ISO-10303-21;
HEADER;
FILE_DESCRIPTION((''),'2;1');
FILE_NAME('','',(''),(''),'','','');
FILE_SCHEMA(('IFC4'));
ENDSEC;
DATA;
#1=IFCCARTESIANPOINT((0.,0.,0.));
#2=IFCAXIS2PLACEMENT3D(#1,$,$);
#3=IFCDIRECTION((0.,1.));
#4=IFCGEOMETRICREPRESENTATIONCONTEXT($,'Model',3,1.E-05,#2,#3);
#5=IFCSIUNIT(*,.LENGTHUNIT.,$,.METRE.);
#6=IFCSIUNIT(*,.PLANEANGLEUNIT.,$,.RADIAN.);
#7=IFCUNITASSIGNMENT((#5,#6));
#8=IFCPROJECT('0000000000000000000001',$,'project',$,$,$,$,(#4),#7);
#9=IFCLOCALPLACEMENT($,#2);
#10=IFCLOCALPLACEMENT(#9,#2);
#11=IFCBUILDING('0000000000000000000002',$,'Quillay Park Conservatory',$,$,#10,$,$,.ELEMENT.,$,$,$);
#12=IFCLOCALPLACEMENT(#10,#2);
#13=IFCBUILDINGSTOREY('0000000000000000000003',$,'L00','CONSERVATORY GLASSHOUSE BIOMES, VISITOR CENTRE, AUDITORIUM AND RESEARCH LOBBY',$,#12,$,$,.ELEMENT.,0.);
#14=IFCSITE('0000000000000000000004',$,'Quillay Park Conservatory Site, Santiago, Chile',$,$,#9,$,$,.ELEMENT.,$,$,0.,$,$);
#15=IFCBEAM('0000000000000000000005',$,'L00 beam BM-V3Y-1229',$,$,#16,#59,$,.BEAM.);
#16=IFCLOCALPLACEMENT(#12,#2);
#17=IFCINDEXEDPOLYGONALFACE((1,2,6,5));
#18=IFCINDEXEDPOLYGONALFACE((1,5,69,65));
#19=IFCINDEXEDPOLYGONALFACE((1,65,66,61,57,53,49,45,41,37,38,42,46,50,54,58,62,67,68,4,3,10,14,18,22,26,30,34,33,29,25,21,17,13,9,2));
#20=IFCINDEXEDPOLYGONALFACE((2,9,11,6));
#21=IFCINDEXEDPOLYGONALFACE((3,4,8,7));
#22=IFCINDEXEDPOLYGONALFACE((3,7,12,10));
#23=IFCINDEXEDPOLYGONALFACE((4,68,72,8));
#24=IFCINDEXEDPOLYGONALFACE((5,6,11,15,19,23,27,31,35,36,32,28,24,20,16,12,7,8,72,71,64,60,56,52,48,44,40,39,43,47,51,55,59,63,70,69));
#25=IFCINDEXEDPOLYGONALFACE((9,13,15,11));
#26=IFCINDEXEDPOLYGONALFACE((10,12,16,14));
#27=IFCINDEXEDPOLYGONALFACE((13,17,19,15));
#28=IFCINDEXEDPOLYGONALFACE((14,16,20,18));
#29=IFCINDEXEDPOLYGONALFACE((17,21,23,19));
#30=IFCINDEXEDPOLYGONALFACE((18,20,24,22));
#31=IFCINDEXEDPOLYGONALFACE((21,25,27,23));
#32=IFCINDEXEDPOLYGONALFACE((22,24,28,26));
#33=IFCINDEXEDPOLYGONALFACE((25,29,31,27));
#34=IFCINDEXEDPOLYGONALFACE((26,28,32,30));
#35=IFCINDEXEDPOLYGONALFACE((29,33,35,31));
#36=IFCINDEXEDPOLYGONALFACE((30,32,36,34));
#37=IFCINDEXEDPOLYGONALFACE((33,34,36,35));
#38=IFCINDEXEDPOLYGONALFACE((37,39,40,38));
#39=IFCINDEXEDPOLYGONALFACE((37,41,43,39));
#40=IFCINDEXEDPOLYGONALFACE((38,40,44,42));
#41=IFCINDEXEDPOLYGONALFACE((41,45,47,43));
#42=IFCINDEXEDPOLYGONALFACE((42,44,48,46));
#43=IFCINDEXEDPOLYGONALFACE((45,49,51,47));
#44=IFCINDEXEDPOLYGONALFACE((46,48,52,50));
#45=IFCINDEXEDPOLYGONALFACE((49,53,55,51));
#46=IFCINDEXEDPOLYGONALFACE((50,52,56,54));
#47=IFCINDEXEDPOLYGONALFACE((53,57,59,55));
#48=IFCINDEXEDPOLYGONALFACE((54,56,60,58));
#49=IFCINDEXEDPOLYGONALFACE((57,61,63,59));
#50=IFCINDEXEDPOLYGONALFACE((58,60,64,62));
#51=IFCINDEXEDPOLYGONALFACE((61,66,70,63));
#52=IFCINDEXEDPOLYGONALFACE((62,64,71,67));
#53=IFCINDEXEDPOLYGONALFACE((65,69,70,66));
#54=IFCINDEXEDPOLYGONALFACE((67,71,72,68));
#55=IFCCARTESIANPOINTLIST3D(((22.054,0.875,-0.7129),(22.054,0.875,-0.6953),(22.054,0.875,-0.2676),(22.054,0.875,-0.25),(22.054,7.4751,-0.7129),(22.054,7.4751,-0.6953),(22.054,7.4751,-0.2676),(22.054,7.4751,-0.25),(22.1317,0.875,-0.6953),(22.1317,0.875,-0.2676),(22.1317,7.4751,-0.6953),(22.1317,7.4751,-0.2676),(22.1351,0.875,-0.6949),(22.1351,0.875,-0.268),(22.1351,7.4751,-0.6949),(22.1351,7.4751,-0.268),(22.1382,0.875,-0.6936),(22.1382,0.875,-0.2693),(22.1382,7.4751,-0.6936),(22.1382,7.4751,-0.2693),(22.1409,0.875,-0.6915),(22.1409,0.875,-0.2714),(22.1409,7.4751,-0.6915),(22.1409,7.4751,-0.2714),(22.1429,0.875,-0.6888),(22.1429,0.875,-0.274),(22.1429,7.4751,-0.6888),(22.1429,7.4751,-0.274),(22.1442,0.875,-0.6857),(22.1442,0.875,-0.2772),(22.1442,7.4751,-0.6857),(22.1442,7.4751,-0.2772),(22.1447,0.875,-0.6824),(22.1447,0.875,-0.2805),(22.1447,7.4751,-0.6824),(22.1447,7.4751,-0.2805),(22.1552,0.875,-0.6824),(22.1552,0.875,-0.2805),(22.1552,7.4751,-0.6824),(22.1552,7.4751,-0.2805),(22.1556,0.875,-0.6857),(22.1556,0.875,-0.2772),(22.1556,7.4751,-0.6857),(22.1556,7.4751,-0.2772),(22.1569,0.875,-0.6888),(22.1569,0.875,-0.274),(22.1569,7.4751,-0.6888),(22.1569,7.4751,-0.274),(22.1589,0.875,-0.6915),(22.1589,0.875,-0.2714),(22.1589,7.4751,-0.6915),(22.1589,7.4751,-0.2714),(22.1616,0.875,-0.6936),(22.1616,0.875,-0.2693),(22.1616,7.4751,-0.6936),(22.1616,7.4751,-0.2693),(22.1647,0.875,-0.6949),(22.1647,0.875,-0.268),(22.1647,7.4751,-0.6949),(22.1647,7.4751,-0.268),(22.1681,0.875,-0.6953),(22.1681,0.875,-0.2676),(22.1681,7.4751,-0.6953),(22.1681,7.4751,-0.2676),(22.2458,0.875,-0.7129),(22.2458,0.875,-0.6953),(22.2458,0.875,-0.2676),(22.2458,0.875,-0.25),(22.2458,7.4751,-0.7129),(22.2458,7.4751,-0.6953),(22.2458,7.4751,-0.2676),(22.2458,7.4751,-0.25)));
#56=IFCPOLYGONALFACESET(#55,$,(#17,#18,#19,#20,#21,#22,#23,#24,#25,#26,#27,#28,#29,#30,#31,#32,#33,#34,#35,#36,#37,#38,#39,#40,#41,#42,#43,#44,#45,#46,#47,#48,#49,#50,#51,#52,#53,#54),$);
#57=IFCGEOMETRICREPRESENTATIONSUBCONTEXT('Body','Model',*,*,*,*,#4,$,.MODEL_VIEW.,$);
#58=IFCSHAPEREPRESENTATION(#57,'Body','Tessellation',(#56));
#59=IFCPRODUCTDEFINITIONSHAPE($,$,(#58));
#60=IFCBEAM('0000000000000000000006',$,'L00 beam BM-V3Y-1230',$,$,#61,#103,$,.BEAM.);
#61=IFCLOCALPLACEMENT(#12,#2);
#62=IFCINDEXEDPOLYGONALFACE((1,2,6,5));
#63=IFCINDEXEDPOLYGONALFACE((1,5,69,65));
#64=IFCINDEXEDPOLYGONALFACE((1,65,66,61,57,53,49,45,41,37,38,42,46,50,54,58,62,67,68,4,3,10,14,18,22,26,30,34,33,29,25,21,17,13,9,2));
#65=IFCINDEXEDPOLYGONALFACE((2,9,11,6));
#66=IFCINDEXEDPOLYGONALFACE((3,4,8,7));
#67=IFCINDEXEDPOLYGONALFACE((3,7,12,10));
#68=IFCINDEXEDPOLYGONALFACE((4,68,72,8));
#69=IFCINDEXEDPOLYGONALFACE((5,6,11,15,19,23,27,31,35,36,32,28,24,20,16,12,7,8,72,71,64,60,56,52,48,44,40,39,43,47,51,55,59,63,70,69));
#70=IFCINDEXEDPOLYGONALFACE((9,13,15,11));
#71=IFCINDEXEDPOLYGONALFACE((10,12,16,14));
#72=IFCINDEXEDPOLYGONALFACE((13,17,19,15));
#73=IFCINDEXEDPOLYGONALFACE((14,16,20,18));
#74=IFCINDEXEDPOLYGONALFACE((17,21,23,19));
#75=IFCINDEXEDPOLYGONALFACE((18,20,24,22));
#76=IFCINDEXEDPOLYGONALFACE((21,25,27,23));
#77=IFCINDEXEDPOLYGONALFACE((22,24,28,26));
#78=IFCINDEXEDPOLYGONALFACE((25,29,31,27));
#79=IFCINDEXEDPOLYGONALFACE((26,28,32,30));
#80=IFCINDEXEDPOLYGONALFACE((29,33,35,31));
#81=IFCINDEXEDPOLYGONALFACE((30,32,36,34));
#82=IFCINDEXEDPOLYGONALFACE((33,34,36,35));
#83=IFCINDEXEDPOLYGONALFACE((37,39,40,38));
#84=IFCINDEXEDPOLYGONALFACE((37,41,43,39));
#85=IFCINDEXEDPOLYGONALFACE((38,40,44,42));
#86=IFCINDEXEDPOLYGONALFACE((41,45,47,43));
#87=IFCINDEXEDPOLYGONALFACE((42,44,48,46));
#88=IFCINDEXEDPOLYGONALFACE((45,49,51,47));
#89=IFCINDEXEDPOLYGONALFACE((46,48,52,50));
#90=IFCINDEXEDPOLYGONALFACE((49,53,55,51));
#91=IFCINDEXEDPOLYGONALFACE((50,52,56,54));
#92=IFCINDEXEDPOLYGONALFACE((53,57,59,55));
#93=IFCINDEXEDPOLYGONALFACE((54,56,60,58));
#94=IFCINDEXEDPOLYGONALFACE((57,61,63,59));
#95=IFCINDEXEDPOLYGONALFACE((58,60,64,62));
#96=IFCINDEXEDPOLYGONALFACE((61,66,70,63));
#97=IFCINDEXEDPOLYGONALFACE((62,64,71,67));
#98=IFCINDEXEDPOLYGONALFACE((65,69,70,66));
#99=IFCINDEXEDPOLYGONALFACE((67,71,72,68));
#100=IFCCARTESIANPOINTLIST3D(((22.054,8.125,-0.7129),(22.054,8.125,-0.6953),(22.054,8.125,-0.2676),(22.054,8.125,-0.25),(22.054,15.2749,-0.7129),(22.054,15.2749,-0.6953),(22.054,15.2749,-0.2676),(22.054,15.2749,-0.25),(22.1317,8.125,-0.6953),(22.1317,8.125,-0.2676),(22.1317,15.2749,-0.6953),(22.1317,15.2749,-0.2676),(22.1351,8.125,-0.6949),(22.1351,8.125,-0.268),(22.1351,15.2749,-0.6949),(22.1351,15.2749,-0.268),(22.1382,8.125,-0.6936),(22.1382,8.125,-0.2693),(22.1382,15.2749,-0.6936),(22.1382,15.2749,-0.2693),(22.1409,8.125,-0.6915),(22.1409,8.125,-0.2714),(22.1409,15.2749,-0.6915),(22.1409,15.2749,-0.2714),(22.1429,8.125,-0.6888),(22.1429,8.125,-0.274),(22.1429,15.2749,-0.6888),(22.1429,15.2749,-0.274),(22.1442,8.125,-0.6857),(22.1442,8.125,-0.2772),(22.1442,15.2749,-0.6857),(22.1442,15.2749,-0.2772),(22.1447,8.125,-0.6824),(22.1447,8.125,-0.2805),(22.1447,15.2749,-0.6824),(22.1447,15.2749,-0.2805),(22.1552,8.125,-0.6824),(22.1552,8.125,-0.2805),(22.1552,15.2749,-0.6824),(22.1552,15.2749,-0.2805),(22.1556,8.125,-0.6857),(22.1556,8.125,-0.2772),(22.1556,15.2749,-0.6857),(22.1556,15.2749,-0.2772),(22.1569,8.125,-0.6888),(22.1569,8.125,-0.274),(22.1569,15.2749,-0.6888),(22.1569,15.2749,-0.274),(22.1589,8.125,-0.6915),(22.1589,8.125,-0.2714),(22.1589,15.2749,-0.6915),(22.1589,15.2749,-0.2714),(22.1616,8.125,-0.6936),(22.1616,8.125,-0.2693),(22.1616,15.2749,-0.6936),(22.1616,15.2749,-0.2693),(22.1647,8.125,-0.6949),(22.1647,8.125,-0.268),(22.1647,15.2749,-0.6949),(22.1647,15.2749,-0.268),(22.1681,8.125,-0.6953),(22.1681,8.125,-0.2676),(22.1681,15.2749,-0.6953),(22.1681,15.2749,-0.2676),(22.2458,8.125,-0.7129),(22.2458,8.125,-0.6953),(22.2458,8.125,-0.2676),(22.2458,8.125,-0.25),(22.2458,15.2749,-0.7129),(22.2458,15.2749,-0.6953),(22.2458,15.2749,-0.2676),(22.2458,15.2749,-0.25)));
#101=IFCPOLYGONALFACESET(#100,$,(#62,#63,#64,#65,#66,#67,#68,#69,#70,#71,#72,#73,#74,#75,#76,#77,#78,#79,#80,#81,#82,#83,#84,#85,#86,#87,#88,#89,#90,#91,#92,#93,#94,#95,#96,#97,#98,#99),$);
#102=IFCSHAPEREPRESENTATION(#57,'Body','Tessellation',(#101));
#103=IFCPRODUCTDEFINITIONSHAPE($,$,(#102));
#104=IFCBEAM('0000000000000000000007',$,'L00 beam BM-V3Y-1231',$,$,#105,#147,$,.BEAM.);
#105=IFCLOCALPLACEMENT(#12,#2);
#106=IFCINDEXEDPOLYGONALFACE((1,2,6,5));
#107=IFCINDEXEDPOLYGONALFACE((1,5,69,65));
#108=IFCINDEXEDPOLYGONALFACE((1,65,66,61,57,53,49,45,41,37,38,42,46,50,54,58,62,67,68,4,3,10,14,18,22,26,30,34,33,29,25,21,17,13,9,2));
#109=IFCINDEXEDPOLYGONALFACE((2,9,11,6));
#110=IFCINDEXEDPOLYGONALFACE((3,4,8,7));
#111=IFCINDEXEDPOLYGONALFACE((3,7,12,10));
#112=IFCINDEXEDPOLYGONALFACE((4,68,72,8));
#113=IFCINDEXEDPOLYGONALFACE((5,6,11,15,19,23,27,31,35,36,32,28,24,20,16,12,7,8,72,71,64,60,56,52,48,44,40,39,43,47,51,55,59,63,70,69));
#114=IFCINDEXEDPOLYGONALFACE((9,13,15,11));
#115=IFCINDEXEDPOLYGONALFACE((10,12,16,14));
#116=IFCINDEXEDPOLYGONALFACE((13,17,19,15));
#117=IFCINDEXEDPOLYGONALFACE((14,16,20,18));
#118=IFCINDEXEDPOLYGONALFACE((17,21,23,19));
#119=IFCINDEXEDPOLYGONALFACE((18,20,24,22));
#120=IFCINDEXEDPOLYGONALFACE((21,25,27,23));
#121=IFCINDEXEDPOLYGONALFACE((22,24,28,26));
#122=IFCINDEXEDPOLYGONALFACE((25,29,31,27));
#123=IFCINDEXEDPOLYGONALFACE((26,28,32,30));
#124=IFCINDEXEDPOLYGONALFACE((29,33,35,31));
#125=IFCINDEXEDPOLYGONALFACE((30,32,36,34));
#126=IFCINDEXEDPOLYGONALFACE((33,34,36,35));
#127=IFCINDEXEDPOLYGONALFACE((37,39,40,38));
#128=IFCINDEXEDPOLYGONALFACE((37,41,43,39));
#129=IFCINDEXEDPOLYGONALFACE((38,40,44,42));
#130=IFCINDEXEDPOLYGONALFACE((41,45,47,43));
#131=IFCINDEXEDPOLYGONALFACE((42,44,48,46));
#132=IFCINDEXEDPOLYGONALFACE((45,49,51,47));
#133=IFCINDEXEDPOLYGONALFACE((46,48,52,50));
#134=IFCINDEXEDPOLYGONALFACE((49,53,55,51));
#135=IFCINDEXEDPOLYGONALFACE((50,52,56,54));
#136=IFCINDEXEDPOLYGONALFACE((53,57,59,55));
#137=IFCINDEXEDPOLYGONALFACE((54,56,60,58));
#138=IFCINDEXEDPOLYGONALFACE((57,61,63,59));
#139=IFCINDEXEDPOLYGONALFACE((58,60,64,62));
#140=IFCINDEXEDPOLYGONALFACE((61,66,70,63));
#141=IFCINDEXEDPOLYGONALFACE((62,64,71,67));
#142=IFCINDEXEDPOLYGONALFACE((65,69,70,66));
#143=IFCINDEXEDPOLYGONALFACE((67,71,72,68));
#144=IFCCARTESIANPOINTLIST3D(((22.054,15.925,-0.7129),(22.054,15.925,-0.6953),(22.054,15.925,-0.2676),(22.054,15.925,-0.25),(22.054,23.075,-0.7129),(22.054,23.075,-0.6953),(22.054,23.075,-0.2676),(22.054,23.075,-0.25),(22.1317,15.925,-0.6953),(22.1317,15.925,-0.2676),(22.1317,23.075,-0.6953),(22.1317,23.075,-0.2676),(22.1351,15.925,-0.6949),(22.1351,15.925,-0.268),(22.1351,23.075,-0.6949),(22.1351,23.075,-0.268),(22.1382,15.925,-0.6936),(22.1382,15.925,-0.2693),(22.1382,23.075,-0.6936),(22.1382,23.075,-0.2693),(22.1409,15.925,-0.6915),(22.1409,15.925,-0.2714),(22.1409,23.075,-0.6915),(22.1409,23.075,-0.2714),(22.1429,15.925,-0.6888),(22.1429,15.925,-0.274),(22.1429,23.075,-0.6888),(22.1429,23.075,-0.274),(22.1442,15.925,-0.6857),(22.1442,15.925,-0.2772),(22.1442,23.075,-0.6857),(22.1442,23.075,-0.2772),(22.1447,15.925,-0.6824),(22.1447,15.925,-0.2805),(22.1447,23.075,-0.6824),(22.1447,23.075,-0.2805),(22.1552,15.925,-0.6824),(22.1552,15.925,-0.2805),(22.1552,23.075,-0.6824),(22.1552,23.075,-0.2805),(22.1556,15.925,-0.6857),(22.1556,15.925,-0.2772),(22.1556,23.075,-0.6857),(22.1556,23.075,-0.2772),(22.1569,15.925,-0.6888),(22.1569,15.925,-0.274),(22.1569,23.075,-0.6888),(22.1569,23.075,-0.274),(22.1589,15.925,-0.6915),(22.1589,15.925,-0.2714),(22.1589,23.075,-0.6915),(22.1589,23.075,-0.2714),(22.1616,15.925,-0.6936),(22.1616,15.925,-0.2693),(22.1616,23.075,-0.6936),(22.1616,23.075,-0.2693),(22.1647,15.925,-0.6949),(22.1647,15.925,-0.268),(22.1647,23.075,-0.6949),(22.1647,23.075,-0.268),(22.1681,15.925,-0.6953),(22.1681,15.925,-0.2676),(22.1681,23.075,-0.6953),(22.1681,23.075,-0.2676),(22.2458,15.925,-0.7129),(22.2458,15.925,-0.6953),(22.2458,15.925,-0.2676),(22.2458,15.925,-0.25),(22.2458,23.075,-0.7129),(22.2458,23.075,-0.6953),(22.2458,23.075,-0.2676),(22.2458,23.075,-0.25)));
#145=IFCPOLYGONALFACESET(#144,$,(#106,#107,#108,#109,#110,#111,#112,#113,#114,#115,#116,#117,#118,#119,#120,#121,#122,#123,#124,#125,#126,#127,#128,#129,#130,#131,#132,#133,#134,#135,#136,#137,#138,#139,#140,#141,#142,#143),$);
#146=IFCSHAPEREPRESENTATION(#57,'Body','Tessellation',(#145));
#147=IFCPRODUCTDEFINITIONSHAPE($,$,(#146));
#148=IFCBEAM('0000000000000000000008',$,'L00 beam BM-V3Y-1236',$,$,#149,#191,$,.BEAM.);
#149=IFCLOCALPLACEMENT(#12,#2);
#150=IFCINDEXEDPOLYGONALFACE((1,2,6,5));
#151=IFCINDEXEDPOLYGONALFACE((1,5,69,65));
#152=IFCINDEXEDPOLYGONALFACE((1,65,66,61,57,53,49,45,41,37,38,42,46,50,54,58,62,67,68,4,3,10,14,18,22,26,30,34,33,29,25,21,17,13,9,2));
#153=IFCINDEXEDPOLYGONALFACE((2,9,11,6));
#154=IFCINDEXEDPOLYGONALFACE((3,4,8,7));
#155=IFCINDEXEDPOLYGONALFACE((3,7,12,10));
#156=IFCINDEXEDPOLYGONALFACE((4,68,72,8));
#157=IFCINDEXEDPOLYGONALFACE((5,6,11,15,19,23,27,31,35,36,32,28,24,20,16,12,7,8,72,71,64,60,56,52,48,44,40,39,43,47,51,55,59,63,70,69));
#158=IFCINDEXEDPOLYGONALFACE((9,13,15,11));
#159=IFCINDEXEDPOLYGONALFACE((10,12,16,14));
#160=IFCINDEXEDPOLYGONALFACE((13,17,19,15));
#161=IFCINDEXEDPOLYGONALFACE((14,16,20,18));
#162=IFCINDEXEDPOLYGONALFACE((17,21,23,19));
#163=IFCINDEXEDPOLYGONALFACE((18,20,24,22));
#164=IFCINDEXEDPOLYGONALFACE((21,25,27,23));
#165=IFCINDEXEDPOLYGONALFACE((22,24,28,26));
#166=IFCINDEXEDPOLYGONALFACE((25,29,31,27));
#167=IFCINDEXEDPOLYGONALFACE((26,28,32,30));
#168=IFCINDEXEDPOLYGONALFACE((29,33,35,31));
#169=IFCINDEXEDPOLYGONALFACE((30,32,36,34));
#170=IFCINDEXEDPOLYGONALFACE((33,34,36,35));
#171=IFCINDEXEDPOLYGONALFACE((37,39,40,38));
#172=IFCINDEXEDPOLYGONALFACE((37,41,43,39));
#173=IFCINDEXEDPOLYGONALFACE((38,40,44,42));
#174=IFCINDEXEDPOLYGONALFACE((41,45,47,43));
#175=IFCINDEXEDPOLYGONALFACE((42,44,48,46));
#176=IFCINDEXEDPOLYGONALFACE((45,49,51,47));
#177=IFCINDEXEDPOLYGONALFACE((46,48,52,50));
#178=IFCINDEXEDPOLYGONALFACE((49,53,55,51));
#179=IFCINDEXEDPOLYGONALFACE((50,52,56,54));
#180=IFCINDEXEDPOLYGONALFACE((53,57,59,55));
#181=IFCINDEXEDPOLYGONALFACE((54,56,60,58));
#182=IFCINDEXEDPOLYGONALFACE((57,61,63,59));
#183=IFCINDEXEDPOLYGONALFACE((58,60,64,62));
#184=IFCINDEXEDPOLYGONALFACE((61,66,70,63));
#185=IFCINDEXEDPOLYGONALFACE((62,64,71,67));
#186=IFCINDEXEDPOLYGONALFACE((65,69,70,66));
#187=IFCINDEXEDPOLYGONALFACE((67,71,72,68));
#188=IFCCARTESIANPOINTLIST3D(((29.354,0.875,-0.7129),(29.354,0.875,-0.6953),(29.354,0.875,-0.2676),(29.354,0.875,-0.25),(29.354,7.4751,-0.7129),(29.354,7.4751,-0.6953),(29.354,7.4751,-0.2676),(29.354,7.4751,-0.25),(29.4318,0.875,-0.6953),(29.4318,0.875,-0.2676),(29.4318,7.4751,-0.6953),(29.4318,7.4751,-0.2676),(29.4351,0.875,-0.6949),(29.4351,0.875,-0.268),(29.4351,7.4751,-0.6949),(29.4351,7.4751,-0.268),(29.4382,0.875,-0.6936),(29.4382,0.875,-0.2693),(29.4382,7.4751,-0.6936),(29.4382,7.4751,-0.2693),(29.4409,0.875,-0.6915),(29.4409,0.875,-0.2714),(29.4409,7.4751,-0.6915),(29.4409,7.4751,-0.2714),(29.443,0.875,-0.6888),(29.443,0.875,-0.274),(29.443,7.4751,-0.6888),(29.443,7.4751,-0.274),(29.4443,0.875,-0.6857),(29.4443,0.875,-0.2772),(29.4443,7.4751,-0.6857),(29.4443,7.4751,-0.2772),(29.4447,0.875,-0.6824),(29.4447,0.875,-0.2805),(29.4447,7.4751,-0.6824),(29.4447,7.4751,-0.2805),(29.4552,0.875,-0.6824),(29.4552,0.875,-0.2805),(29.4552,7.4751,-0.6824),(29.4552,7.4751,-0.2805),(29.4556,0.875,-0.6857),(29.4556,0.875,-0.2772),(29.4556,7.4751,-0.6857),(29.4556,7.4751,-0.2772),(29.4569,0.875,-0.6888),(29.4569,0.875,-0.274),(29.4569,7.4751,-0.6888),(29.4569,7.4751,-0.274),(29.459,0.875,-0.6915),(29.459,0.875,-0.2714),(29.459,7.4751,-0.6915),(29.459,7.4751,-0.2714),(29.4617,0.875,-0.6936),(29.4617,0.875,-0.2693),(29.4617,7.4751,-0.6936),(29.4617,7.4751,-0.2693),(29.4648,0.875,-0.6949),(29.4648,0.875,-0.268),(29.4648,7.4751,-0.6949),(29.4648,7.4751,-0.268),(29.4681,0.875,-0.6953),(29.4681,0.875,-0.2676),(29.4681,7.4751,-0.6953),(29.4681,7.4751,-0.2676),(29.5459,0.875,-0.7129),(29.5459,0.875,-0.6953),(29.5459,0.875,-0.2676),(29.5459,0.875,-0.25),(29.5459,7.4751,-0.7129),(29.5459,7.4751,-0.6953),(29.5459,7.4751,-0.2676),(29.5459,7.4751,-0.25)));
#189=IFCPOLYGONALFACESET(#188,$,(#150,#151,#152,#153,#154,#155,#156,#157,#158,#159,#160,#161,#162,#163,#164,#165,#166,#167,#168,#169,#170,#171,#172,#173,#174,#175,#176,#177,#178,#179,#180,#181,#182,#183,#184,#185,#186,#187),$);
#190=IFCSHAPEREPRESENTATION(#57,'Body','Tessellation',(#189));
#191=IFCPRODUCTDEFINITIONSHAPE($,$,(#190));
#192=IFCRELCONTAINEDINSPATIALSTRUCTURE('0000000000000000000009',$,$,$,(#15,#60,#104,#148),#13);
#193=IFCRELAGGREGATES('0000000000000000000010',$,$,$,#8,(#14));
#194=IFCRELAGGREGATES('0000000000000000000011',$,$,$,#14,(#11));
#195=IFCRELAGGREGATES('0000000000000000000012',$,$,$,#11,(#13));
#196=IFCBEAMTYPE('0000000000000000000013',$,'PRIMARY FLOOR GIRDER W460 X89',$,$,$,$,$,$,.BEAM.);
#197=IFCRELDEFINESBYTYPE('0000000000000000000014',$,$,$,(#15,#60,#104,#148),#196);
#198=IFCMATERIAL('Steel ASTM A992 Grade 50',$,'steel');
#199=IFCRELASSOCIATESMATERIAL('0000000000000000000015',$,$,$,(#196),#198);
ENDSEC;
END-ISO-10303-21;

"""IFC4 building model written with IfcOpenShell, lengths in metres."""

from ifc_helpers import new_model, si_unit, direction, frame, origin, origin_2d, place, context, subcontext, project, spatial, i_section, extrude, material, material_profile, profile_set, type_object, element, save


model = new_model("IFC4")

# Units and contexts
model_context = context("Model", 3, precision=1e-05, world=origin(), true_north=direction((0.0, 1.0)))
body_context = subcontext(model_context, "Body", "Model", "MODEL_VIEW")
ifc_project = project(units=[si_unit("LENGTHUNIT", "METRE"), si_unit("PLANEANGLEUNIT", "RADIAN")], contexts=[model_context])

# Site, building, storey
site_placement = place(None, origin())
site = spatial("IfcSite", under=ifc_project, at=site_placement, Name="Quillay Park Conservatory Site, Santiago, Chile", CompositionType="ELEMENT", RefElevation=0.0)
building_placement = place(site_placement, origin())
building = spatial("IfcBuilding", under=site, at=building_placement, Name="Quillay Park Conservatory", CompositionType="ELEMENT")
storey_placement = place(building_placement, origin())
storey = spatial("IfcBuildingStorey", under=building, at=storey_placement, Name="L00", Description="CONSERVATORY GLASSHOUSE BIOMES, VISITOR CENTRE, AUDITORIUM AND RESEARCH LOBBY", CompositionType="ELEMENT", Elevation=0.0)

# Beams
ifc_material_1 = material(Name="Steel ASTM A992 Grade 50", Category="steel")
ifc_material_profile_1 = material_profile(ifc_material_1, i_section(OverallWidth=0.1919, OverallDepth=0.4629, WebThickness=0.0105, FlangeThickness=0.0176, FilletRadius=0.0129, at=origin_2d()), Name="W460x89")
ifc_profile_set_1 = profile_set([ifc_material_profile_1], Name="Steel ASTM A992 Grade 50")
beam_type_1 = type_object("IfcBeamType", Name="PRIMARY FLOOR GIRDER W460 X89", PredefinedType="BEAM", material=ifc_profile_set_1)
beam_1_placement = place(storey_placement, frame((22.1499, 0.875, -0.4814), z_axis=(0.0, 1.0, 0.0), x_axis=(-1.0, 0.0, 0.0)))
element("IfcBeam", 1, at=beam_1_placement, inside=storey, type_object=beam_type_1, Name="L00 beam BM-V3Y-1229", PredefinedType="BEAM", context=body_context, shape_type="SweptSolid", body=[
    extrude(i_section(OverallWidth=0.1919, OverallDepth=0.4629, WebThickness=0.0105, FlangeThickness=0.0176, FilletRadius=0.0129, at=origin_2d()), origin(), (0.0, 0.0, 1.0), 6.6001),
])
for number, where, z_axis, x_axis, name in (
    (2, (22.1499, 8.125, -0.4814), (0.0, 1.0, 0.0), (-1.0, 0.0, 0.0), "L00 beam BM-V3Y-1230"),
    (3, (22.1499, 15.925, -0.4814), (0.0, 1.0, 0.0), (-1.0, 0.0, 0.0), "L00 beam BM-V3Y-1231"),
):
    element("IfcBeam", number, at=place(storey_placement, frame(where, z_axis=z_axis, x_axis=x_axis)), inside=storey, type_object=beam_type_1, Name=name, PredefinedType="BEAM", context=body_context, shape_type="SweptSolid", body=[
        extrude(i_section(OverallWidth=0.1919, OverallDepth=0.4629, WebThickness=0.0105, FlangeThickness=0.0176, FilletRadius=0.0129, at=origin_2d()), origin(), (0.0, 0.0, 1.0), 7.1499),
    ])
beam_2_placement = place(storey_placement, frame((29.45, 0.875, -0.4814), z_axis=(0.0, 1.0, 0.0), x_axis=(-1.0, 0.0, 0.0)))
element("IfcBeam", 4, at=beam_2_placement, inside=storey, type_object=beam_type_1, Name="L00 beam BM-V3Y-1236", PredefinedType="BEAM", context=body_context, shape_type="SweptSolid", body=[
    extrude(i_section(OverallWidth=0.1919, OverallDepth=0.4629, WebThickness=0.0105, FlangeThickness=0.0176, FilletRadius=0.0129, at=origin_2d()), origin(), (0.0, 0.0, 1.0), 6.6001),
])

save(model, "model.ifc")
